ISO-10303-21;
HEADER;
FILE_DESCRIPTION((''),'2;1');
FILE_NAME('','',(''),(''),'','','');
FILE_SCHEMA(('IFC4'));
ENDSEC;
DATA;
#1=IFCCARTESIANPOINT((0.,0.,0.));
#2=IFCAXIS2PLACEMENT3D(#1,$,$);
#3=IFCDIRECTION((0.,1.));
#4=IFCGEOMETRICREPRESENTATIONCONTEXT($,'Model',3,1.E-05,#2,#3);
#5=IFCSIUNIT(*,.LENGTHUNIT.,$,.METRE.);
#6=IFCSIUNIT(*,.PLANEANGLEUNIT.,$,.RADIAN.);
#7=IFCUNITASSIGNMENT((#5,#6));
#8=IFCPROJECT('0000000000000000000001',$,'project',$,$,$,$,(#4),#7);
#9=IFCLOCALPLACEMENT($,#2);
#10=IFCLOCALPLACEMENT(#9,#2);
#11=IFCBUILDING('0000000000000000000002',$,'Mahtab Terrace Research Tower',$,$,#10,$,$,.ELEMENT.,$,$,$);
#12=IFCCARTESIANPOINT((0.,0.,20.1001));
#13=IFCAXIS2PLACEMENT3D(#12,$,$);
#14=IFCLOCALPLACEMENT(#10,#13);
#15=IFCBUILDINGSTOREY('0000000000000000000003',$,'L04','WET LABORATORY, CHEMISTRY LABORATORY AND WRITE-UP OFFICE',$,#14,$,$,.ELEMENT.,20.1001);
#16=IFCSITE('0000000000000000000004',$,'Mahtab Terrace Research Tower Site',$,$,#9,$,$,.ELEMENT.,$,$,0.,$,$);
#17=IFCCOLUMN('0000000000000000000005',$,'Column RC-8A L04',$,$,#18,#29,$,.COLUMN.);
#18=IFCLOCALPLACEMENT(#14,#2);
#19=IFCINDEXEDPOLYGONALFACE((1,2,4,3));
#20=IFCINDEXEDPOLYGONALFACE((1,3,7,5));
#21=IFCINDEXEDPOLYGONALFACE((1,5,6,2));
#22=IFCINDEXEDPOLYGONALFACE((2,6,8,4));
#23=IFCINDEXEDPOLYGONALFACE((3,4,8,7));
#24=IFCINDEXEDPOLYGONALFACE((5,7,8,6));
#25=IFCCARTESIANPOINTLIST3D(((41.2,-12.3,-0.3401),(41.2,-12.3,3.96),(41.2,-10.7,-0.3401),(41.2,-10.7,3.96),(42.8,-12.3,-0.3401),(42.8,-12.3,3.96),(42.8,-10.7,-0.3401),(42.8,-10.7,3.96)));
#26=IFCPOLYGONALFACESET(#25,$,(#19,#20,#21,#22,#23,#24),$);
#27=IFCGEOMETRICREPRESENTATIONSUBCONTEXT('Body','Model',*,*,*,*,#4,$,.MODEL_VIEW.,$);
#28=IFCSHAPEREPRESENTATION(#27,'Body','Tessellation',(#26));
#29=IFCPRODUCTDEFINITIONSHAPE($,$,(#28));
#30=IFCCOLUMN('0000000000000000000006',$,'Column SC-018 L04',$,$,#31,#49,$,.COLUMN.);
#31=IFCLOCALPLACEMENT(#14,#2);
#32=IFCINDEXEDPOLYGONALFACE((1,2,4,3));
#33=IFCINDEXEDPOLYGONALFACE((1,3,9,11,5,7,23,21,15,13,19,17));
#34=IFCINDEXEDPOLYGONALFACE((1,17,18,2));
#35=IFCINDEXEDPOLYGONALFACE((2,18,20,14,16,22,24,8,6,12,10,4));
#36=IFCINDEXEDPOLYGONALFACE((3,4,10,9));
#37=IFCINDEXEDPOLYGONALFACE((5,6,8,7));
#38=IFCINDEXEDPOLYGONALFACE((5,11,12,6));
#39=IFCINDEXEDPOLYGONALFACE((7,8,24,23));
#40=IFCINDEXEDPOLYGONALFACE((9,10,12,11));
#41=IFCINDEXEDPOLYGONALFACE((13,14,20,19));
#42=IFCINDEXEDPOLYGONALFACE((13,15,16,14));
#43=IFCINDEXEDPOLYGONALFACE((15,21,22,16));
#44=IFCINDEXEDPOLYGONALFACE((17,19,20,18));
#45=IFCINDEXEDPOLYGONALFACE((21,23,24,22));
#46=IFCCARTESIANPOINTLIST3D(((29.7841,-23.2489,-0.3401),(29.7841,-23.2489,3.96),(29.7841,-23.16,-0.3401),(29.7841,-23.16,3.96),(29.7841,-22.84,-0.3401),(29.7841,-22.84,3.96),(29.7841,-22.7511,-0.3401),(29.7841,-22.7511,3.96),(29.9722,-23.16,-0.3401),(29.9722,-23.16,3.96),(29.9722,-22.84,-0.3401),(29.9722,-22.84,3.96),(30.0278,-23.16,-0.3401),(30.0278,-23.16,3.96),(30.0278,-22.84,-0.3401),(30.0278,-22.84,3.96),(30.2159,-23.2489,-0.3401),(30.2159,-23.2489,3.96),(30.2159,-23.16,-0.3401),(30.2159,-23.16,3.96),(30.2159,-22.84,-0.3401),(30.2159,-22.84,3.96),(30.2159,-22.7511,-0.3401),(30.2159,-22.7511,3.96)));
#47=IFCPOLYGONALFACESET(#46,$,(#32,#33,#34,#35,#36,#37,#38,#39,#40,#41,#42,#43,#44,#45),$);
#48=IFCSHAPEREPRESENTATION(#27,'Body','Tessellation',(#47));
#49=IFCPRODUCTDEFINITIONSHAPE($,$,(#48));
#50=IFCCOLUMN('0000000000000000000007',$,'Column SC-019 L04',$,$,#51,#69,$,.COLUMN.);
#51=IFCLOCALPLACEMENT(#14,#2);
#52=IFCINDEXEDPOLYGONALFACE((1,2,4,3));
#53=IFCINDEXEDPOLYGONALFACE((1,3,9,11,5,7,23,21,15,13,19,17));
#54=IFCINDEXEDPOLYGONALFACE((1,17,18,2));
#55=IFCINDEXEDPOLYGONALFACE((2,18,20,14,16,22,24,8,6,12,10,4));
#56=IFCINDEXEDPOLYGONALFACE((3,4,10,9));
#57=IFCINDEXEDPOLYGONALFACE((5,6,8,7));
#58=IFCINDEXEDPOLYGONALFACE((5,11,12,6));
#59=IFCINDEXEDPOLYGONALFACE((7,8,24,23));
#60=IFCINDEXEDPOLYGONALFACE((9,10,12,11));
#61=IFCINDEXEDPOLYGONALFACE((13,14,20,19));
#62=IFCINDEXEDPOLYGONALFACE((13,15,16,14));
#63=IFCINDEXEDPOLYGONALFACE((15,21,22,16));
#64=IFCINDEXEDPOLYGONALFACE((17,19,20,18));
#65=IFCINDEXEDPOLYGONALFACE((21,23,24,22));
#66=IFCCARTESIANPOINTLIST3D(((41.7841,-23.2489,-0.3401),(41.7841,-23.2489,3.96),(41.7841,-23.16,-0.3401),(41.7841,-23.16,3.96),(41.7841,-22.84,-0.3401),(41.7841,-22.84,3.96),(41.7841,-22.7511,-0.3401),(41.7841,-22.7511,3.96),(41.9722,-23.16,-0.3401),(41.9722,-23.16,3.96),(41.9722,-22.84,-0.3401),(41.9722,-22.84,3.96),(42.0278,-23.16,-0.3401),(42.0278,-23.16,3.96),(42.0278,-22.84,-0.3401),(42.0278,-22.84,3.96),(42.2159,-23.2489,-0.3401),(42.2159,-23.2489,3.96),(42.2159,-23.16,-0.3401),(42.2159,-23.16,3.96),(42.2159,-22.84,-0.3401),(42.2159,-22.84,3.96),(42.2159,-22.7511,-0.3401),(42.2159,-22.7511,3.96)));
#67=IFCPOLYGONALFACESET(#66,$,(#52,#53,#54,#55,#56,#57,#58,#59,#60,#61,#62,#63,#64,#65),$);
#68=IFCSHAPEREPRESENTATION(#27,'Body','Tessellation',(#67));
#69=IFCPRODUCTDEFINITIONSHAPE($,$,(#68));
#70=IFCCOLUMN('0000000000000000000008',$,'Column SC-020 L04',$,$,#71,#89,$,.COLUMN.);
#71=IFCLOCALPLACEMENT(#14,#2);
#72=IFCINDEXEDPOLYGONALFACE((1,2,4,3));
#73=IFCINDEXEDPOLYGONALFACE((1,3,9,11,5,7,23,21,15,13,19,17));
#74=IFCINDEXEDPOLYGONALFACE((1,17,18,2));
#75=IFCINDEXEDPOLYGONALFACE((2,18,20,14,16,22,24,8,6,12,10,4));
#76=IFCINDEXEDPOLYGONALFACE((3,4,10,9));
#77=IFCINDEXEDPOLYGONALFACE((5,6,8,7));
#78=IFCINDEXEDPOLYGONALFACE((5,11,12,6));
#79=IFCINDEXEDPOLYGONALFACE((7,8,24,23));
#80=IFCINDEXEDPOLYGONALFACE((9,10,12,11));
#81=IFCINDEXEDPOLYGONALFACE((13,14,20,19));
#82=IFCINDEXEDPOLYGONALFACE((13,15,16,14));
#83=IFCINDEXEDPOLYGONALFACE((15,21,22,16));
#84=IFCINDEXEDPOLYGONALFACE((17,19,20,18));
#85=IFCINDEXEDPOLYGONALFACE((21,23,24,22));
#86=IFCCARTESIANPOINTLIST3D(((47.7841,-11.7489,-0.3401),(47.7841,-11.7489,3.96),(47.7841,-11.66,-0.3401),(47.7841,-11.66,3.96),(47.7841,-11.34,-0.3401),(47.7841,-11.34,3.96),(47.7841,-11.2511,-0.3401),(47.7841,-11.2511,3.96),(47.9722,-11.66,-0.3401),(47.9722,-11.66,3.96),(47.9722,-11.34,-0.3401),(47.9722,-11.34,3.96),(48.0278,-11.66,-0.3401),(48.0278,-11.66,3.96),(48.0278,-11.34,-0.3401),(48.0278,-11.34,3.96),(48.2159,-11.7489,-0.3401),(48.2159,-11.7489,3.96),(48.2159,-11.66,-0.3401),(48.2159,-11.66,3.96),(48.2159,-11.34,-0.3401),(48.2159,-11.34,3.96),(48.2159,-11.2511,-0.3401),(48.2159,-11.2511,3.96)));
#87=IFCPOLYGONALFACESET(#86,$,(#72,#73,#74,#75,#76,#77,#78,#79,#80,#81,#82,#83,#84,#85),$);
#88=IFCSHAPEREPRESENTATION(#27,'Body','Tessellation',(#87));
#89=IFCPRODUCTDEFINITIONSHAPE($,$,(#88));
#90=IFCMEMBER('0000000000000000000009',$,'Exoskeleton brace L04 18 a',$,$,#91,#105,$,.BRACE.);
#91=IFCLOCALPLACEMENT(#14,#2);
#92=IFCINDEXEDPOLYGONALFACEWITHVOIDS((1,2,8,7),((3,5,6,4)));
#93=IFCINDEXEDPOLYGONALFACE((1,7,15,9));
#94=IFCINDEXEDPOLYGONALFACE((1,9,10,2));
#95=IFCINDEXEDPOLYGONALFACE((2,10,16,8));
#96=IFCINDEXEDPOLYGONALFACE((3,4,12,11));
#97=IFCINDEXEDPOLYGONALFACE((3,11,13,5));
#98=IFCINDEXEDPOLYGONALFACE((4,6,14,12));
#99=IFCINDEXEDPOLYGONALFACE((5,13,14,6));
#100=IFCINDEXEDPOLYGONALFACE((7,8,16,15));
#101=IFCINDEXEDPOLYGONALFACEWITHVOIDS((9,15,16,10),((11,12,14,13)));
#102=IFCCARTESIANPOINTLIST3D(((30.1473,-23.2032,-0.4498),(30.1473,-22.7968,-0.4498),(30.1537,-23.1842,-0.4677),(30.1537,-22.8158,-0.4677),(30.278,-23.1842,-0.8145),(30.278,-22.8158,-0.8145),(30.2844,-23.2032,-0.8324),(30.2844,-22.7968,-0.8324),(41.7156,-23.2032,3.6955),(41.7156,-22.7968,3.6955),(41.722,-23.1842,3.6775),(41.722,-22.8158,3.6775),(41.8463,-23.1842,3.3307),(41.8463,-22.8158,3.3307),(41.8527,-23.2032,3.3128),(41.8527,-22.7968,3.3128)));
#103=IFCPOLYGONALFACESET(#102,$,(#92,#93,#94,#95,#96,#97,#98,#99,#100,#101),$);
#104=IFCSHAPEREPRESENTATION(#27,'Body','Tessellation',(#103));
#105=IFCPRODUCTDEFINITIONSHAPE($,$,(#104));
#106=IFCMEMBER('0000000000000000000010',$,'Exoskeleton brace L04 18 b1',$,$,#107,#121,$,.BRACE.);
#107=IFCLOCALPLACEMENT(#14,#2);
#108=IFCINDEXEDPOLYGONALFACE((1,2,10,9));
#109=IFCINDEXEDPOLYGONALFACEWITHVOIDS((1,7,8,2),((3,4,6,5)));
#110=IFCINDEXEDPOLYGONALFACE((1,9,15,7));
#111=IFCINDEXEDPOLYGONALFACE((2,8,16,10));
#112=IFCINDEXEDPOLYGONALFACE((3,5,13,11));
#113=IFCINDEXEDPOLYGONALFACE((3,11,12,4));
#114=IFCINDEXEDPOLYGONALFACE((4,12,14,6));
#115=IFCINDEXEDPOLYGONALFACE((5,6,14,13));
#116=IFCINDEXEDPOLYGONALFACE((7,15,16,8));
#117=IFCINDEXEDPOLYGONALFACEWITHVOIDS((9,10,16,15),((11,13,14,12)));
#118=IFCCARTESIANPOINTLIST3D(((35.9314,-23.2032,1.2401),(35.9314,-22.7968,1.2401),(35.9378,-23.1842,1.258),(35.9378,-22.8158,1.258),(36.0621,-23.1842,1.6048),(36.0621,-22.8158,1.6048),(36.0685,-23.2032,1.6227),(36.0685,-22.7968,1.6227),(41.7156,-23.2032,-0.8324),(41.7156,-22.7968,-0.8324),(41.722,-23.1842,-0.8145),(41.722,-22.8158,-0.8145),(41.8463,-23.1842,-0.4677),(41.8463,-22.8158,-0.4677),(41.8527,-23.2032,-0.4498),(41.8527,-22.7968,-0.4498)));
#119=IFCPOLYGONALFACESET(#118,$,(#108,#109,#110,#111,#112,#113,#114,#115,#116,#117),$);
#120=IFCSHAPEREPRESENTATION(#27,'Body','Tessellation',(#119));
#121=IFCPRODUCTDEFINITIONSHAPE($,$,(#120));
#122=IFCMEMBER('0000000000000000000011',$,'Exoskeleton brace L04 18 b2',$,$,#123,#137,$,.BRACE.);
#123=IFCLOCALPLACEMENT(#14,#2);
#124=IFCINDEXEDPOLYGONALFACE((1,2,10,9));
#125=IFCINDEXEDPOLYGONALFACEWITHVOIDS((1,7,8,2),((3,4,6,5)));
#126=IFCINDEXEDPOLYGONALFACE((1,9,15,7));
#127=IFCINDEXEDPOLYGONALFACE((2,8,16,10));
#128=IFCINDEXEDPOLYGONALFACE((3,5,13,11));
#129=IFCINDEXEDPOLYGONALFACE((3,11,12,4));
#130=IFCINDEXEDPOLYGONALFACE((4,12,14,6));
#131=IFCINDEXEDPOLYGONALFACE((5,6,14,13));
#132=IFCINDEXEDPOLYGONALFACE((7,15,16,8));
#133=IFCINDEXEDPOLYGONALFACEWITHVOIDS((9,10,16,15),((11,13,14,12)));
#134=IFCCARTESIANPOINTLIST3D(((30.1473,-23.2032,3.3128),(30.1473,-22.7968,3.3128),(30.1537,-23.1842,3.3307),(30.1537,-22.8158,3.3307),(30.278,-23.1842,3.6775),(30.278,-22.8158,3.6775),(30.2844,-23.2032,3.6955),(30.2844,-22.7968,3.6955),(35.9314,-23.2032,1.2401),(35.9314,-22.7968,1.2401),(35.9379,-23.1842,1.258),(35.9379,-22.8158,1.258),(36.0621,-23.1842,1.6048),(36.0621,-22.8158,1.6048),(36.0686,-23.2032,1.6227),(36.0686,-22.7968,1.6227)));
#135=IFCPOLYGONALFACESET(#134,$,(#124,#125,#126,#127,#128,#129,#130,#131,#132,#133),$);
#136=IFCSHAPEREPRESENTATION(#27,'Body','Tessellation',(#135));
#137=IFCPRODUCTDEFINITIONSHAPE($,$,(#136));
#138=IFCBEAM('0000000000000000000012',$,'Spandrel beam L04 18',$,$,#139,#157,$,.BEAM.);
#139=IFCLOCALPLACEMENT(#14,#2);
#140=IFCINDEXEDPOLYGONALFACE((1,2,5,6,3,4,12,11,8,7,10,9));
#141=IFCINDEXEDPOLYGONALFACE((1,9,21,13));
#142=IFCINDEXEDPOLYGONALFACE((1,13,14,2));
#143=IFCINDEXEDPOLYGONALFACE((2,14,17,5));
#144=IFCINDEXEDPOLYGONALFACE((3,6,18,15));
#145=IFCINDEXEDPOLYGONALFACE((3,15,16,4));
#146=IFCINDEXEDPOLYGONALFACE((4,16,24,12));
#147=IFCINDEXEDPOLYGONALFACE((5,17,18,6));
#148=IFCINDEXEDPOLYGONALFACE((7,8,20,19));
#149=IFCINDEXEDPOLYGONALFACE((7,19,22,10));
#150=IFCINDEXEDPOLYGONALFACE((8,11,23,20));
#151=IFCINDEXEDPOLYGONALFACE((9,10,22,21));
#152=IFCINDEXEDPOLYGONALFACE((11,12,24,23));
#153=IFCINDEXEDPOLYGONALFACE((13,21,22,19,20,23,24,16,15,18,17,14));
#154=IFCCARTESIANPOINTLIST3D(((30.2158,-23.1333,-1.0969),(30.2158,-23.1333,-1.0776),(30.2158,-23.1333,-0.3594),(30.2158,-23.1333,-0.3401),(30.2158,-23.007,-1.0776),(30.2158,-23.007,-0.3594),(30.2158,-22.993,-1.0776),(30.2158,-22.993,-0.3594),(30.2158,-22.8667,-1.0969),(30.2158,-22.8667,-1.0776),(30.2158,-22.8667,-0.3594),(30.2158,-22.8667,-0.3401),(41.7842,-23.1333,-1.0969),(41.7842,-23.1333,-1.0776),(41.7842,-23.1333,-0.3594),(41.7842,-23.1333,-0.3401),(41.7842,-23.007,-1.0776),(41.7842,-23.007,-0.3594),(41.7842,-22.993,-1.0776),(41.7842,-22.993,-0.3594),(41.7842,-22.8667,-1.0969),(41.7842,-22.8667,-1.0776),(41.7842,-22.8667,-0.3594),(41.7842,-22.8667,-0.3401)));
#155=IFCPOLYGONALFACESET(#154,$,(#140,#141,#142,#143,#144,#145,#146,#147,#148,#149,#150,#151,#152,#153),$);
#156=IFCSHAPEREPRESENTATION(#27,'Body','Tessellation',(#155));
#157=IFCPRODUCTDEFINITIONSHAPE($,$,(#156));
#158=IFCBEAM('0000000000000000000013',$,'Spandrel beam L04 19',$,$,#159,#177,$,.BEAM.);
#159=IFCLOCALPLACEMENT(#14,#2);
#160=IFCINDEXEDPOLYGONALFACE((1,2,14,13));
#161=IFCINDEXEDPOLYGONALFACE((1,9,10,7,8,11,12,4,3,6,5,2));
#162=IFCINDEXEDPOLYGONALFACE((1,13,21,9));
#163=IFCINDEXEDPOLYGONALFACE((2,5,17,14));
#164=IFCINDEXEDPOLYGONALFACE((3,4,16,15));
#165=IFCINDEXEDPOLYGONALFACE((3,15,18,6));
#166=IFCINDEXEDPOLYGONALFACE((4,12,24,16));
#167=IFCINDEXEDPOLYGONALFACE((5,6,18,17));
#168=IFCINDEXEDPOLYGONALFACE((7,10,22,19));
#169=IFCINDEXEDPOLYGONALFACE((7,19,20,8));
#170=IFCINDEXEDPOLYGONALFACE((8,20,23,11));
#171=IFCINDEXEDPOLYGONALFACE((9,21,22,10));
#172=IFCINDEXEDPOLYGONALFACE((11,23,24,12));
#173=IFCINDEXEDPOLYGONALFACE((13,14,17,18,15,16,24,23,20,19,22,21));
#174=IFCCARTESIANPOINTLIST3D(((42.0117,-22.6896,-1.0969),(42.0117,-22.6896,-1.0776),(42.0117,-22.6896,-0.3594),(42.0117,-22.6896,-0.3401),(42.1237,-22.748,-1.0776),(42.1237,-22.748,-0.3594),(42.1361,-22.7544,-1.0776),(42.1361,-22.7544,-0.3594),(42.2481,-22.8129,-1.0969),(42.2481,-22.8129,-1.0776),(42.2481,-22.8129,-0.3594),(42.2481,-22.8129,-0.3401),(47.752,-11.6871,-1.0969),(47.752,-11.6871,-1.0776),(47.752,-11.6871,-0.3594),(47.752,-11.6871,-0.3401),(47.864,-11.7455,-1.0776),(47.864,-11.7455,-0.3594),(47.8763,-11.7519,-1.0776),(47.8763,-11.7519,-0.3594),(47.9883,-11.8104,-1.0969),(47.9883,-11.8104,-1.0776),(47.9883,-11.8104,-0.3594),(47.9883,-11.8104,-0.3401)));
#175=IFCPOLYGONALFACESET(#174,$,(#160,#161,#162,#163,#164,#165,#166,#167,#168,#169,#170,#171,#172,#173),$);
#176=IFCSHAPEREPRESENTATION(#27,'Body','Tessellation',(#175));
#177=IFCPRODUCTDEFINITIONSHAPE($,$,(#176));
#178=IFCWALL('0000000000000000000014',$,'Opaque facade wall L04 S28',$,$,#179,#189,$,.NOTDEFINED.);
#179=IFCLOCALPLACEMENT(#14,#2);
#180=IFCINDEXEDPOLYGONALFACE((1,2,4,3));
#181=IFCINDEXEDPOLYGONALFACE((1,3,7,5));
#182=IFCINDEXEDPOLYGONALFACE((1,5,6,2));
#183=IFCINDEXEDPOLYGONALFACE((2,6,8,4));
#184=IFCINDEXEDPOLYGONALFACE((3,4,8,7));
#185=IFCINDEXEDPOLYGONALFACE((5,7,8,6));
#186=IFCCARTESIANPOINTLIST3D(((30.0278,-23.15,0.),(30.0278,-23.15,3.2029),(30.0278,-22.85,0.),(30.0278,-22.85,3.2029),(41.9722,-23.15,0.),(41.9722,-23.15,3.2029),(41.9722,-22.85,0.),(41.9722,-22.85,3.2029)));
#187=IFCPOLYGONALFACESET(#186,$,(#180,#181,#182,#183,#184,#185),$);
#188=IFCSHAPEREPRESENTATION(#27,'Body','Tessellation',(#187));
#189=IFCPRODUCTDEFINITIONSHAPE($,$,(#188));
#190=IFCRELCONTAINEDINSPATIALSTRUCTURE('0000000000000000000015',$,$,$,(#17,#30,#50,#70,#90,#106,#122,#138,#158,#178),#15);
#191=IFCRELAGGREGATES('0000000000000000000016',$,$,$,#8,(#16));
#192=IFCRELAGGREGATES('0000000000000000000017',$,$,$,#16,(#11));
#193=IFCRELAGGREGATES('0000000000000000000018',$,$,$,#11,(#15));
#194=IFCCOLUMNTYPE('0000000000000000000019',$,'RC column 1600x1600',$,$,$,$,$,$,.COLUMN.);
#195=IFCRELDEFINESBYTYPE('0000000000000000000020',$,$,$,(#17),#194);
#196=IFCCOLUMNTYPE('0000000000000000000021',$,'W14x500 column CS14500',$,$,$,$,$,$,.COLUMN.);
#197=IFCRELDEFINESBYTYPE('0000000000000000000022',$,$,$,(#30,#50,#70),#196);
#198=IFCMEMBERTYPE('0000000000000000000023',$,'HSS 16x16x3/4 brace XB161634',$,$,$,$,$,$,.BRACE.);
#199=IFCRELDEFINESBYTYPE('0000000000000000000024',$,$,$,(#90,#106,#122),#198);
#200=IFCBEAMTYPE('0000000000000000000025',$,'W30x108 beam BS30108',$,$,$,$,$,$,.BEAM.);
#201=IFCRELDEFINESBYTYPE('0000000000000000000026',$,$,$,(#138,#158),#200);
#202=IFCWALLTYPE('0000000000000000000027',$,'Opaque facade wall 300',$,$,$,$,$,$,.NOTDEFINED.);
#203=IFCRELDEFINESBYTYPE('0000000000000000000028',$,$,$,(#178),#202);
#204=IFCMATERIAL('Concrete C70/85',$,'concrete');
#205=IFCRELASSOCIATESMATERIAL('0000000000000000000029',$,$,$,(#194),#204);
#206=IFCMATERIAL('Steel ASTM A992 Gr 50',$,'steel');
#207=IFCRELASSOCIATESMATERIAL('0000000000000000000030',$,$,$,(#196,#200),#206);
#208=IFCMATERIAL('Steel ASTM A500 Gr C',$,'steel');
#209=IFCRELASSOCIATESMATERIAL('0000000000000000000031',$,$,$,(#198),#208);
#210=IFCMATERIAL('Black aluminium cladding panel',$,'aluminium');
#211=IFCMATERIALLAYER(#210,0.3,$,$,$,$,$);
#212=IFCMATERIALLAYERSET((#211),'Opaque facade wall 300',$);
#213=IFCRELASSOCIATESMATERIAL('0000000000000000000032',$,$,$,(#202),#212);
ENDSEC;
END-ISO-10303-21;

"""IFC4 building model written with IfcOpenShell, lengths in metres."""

from ifc_helpers import new_model, si_unit, direction, frame, frame_2d, origin, origin_2d, place, context, subcontext, project, spatial, rectangle, hollow_rectangle, i_section, extrude, material, layer, layer_set, material_profile, profile_set, type_object, element, save


model = new_model("IFC4")

# Units and contexts
model_context = context("Model", 3, precision=1e-05, world=origin(), true_north=direction((0.0, 1.0)))
body_context = subcontext(model_context, "Body", "Model", "MODEL_VIEW")
ifc_project = project(units=[si_unit("LENGTHUNIT", "METRE"), si_unit("PLANEANGLEUNIT", "RADIAN")], contexts=[model_context])

# Site, building, storey
site_placement = place(None, origin())
site = spatial("IfcSite", under=ifc_project, at=site_placement, Name="Mahtab Terrace Research Tower Site", CompositionType="ELEMENT", RefElevation=0.0)
building_placement = place(site_placement, origin())
building = spatial("IfcBuilding", under=site, at=building_placement, Name="Mahtab Terrace Research Tower", CompositionType="ELEMENT")
storey_placement = place(building_placement, frame((0.0, 0.0, 20.1001)))
storey = spatial("IfcBuildingStorey", under=building, at=storey_placement, Name="L04", Description="WET LABORATORY, CHEMISTRY LABORATORY AND WRITE-UP OFFICE", CompositionType="ELEMENT", Elevation=20.1001)

# Columns
ifc_material_1 = material(Name="Concrete C70/85", Category="concrete")
ifc_material_profile_1 = material_profile(ifc_material_1, rectangle(XDim=1.6001, YDim=1.6001, at=origin_2d()), Name="RC column 1600x1600")
ifc_profile_set_1 = profile_set([ifc_material_profile_1], Name="Concrete C70/85")
column_type_1 = type_object("IfcColumnType", Name="RC column 1600x1600", PredefinedType="COLUMN", material=ifc_profile_set_1)
column_placement = place(storey_placement, frame((42.0, -11.5, -0.3401), z_axis=(0.0, 0.0, 1.0), x_axis=(1.0, 0.0, 0.0)))
element("IfcColumn", 1, at=column_placement, inside=storey, type_object=column_type_1, Name="Column RC-8A L04", PredefinedType="COLUMN", context=body_context, shape_type="SweptSolid", body=[
    extrude(rectangle(XDim=1.6001, YDim=1.6001, at=origin_2d()), origin(), (0.0, 0.0, 1.0), 4.3),
])
ifc_material_2 = material(Name="Steel ASTM A992 Gr 50", Category="steel")
ifc_material_profile_2 = material_profile(ifc_material_2, i_section(OverallWidth=0.4319, OverallDepth=0.4978, WebThickness=0.0557, FlangeThickness=0.0889, at=origin_2d()), Name="W14X500")
ifc_profile_set_2 = profile_set([ifc_material_profile_2], Name="Steel ASTM A992 Gr 50")
column_type_2 = type_object("IfcColumnType", Name="W14x500 column CS14500", PredefinedType="COLUMN", material=ifc_profile_set_2)
for number, where, z_axis, x_axis, name in (
    (2, (30.0, -23.0, -0.3401), (0.0, 0.0, 1.0), (1.0, 0.0, 0.0), "Column SC-018 L04"),
    (3, (42.0, -23.0, -0.3401), (0.0, 0.0, 1.0), (1.0, 0.0, 0.0), "Column SC-019 L04"),
    (4, (48.0, -11.5, -0.3401), (0.0, 0.0, 1.0), (1.0, 0.0, 0.0), "Column SC-020 L04"),
):
    element("IfcColumn", number, at=place(storey_placement, frame(where, z_axis=z_axis, x_axis=x_axis)), inside=storey, type_object=column_type_2, Name=name, PredefinedType="COLUMN", context=body_context, shape_type="SweptSolid", body=[
        extrude(i_section(OverallWidth=0.4319, OverallDepth=0.4978, WebThickness=0.0557, FlangeThickness=0.0889, at=origin_2d()), origin(), (0.0, 0.0, 1.0), 4.3),
    ])

# Members
ifc_material_3 = material(Name="Steel ASTM A500 Gr C", Category="steel")
ifc_material_profile_3 = material_profile(ifc_material_3, hollow_rectangle(XDim=0.4065, YDim=0.4065, WallThickness=0.019, at=origin_2d()), Name="HSS16X16X3/4")
ifc_profile_set_3 = profile_set([ifc_material_profile_3], Name="Steel ASTM A500 Gr C")
member_type = type_object("IfcMemberType", Name="HSS 16x16x3/4 brace XB161634", PredefinedType="BRACE", material=ifc_profile_set_3)
member_placement = place(storey_placement, frame((30.2158, -23.0, -0.6411), z_axis=(0.941388, 0.0, 0.337325), x_axis=(0.0, 1.0, 0.0)))
element("IfcMember", 5, at=member_placement, inside=storey, type_object=member_type, Name="Exoskeleton brace L04 18 a", PredefinedType="BRACE", context=body_context, shape_type="SweptSolid", body=[
    extrude(hollow_rectangle(XDim=0.4065, YDim=0.4065, WallThickness=0.019, at=origin_2d()), origin(), (0.0, 0.0, 1.0), 12.2886),
])
for number, where, z_axis, x_axis, name in (
    (6, (41.7842, -23.0, -0.6411), (-0.941394, 0.0, 0.337308), (0.0, -1.0, 0.0), "Exoskeleton brace L04 18 b1"),
    (7, (36.0, -23.0, 1.4314), (-0.941382, 0.0, 0.337343), (0.0, -1.0, 0.0), "Exoskeleton brace L04 18 b2"),
):
    element("IfcMember", number, at=place(storey_placement, frame(where, z_axis=z_axis, x_axis=x_axis)), inside=storey, type_object=member_type, Name=name, PredefinedType="BRACE", context=body_context, shape_type="SweptSolid", body=[
        extrude(hollow_rectangle(XDim=0.4065, YDim=0.4065, WallThickness=0.019, at=origin_2d()), origin(), (0.0, 0.0, 1.0), 6.1443),
    ])

# Beams
ifc_material_profile_4 = material_profile(ifc_material_2, i_section(OverallWidth=0.2666, OverallDepth=0.7568, WebThickness=0.0139, FlangeThickness=0.0193, at=origin_2d()), Name="W30X108")
ifc_profile_set_4 = profile_set([ifc_material_profile_4], Name="Steel ASTM A992 Gr 50")
beam_type = type_object("IfcBeamType", Name="W30x108 beam BS30108", PredefinedType="BEAM", material=ifc_profile_set_4)
beam_1_placement = place(storey_placement, frame((30.2158, -23.0, -0.7185), z_axis=(1.0, 0.0, 0.0), x_axis=(0.0, 1.0, 0.0)))
element("IfcBeam", 8, at=beam_1_placement, inside=storey, type_object=beam_type, Name="Spandrel beam L04 18", PredefinedType="BEAM", context=body_context, shape_type="SweptSolid", body=[
    extrude(i_section(OverallWidth=0.2666, OverallDepth=0.7568, WebThickness=0.0139, FlangeThickness=0.0193, at=origin_2d()), origin(), (0.0, 0.0, 1.0), 11.5684),
])
beam_2_placement = place(storey_placement, frame((42.1299, -22.7512, -0.7185), z_axis=(0.462555, 0.88659, 0.0), x_axis=(-0.88659, 0.462555, 0.0)))
element("IfcBeam", 9, at=beam_2_placement, inside=storey, type_object=beam_type, Name="Spandrel beam L04 19", PredefinedType="BEAM", context=body_context, shape_type="SweptSolid", body=[
    extrude(i_section(OverallWidth=0.2666, OverallDepth=0.7568, WebThickness=0.0139, FlangeThickness=0.0193, at=origin_2d()), origin(), (0.0, 0.0, 1.0), 12.4099),
])

# Wall
ifc_material_4 = material(Name="Black aluminium cladding panel", Category="aluminium")
ifc_layer_1 = layer(ifc_material_4, 0.3)
ifc_layer_set_1 = layer_set([ifc_layer_1], Name="Opaque facade wall 300")
wall_type_1 = type_object("IfcWallType", Name="Opaque facade wall 300", PredefinedType="NOTDEFINED", material=ifc_layer_set_1)
wall_1_placement = place(storey_placement, frame((30.0278, -23.0, 0.0), z_axis=(0.0, 0.0, 1.0), x_axis=(1.0, 0.0, 0.0)))
element("IfcWall", 10, at=wall_1_placement, inside=storey, type_object=wall_type_1, Name="Opaque facade wall L04 S28", PredefinedType="NOTDEFINED", context=body_context, shape_type="SweptSolid", body=[
    extrude(rectangle(XDim=11.9443, YDim=0.3, at=frame_2d((5.9722, 0.0))), origin(), (0.0, 0.0, 1.0), 3.2029),
])

save(model, "model.ifc")
